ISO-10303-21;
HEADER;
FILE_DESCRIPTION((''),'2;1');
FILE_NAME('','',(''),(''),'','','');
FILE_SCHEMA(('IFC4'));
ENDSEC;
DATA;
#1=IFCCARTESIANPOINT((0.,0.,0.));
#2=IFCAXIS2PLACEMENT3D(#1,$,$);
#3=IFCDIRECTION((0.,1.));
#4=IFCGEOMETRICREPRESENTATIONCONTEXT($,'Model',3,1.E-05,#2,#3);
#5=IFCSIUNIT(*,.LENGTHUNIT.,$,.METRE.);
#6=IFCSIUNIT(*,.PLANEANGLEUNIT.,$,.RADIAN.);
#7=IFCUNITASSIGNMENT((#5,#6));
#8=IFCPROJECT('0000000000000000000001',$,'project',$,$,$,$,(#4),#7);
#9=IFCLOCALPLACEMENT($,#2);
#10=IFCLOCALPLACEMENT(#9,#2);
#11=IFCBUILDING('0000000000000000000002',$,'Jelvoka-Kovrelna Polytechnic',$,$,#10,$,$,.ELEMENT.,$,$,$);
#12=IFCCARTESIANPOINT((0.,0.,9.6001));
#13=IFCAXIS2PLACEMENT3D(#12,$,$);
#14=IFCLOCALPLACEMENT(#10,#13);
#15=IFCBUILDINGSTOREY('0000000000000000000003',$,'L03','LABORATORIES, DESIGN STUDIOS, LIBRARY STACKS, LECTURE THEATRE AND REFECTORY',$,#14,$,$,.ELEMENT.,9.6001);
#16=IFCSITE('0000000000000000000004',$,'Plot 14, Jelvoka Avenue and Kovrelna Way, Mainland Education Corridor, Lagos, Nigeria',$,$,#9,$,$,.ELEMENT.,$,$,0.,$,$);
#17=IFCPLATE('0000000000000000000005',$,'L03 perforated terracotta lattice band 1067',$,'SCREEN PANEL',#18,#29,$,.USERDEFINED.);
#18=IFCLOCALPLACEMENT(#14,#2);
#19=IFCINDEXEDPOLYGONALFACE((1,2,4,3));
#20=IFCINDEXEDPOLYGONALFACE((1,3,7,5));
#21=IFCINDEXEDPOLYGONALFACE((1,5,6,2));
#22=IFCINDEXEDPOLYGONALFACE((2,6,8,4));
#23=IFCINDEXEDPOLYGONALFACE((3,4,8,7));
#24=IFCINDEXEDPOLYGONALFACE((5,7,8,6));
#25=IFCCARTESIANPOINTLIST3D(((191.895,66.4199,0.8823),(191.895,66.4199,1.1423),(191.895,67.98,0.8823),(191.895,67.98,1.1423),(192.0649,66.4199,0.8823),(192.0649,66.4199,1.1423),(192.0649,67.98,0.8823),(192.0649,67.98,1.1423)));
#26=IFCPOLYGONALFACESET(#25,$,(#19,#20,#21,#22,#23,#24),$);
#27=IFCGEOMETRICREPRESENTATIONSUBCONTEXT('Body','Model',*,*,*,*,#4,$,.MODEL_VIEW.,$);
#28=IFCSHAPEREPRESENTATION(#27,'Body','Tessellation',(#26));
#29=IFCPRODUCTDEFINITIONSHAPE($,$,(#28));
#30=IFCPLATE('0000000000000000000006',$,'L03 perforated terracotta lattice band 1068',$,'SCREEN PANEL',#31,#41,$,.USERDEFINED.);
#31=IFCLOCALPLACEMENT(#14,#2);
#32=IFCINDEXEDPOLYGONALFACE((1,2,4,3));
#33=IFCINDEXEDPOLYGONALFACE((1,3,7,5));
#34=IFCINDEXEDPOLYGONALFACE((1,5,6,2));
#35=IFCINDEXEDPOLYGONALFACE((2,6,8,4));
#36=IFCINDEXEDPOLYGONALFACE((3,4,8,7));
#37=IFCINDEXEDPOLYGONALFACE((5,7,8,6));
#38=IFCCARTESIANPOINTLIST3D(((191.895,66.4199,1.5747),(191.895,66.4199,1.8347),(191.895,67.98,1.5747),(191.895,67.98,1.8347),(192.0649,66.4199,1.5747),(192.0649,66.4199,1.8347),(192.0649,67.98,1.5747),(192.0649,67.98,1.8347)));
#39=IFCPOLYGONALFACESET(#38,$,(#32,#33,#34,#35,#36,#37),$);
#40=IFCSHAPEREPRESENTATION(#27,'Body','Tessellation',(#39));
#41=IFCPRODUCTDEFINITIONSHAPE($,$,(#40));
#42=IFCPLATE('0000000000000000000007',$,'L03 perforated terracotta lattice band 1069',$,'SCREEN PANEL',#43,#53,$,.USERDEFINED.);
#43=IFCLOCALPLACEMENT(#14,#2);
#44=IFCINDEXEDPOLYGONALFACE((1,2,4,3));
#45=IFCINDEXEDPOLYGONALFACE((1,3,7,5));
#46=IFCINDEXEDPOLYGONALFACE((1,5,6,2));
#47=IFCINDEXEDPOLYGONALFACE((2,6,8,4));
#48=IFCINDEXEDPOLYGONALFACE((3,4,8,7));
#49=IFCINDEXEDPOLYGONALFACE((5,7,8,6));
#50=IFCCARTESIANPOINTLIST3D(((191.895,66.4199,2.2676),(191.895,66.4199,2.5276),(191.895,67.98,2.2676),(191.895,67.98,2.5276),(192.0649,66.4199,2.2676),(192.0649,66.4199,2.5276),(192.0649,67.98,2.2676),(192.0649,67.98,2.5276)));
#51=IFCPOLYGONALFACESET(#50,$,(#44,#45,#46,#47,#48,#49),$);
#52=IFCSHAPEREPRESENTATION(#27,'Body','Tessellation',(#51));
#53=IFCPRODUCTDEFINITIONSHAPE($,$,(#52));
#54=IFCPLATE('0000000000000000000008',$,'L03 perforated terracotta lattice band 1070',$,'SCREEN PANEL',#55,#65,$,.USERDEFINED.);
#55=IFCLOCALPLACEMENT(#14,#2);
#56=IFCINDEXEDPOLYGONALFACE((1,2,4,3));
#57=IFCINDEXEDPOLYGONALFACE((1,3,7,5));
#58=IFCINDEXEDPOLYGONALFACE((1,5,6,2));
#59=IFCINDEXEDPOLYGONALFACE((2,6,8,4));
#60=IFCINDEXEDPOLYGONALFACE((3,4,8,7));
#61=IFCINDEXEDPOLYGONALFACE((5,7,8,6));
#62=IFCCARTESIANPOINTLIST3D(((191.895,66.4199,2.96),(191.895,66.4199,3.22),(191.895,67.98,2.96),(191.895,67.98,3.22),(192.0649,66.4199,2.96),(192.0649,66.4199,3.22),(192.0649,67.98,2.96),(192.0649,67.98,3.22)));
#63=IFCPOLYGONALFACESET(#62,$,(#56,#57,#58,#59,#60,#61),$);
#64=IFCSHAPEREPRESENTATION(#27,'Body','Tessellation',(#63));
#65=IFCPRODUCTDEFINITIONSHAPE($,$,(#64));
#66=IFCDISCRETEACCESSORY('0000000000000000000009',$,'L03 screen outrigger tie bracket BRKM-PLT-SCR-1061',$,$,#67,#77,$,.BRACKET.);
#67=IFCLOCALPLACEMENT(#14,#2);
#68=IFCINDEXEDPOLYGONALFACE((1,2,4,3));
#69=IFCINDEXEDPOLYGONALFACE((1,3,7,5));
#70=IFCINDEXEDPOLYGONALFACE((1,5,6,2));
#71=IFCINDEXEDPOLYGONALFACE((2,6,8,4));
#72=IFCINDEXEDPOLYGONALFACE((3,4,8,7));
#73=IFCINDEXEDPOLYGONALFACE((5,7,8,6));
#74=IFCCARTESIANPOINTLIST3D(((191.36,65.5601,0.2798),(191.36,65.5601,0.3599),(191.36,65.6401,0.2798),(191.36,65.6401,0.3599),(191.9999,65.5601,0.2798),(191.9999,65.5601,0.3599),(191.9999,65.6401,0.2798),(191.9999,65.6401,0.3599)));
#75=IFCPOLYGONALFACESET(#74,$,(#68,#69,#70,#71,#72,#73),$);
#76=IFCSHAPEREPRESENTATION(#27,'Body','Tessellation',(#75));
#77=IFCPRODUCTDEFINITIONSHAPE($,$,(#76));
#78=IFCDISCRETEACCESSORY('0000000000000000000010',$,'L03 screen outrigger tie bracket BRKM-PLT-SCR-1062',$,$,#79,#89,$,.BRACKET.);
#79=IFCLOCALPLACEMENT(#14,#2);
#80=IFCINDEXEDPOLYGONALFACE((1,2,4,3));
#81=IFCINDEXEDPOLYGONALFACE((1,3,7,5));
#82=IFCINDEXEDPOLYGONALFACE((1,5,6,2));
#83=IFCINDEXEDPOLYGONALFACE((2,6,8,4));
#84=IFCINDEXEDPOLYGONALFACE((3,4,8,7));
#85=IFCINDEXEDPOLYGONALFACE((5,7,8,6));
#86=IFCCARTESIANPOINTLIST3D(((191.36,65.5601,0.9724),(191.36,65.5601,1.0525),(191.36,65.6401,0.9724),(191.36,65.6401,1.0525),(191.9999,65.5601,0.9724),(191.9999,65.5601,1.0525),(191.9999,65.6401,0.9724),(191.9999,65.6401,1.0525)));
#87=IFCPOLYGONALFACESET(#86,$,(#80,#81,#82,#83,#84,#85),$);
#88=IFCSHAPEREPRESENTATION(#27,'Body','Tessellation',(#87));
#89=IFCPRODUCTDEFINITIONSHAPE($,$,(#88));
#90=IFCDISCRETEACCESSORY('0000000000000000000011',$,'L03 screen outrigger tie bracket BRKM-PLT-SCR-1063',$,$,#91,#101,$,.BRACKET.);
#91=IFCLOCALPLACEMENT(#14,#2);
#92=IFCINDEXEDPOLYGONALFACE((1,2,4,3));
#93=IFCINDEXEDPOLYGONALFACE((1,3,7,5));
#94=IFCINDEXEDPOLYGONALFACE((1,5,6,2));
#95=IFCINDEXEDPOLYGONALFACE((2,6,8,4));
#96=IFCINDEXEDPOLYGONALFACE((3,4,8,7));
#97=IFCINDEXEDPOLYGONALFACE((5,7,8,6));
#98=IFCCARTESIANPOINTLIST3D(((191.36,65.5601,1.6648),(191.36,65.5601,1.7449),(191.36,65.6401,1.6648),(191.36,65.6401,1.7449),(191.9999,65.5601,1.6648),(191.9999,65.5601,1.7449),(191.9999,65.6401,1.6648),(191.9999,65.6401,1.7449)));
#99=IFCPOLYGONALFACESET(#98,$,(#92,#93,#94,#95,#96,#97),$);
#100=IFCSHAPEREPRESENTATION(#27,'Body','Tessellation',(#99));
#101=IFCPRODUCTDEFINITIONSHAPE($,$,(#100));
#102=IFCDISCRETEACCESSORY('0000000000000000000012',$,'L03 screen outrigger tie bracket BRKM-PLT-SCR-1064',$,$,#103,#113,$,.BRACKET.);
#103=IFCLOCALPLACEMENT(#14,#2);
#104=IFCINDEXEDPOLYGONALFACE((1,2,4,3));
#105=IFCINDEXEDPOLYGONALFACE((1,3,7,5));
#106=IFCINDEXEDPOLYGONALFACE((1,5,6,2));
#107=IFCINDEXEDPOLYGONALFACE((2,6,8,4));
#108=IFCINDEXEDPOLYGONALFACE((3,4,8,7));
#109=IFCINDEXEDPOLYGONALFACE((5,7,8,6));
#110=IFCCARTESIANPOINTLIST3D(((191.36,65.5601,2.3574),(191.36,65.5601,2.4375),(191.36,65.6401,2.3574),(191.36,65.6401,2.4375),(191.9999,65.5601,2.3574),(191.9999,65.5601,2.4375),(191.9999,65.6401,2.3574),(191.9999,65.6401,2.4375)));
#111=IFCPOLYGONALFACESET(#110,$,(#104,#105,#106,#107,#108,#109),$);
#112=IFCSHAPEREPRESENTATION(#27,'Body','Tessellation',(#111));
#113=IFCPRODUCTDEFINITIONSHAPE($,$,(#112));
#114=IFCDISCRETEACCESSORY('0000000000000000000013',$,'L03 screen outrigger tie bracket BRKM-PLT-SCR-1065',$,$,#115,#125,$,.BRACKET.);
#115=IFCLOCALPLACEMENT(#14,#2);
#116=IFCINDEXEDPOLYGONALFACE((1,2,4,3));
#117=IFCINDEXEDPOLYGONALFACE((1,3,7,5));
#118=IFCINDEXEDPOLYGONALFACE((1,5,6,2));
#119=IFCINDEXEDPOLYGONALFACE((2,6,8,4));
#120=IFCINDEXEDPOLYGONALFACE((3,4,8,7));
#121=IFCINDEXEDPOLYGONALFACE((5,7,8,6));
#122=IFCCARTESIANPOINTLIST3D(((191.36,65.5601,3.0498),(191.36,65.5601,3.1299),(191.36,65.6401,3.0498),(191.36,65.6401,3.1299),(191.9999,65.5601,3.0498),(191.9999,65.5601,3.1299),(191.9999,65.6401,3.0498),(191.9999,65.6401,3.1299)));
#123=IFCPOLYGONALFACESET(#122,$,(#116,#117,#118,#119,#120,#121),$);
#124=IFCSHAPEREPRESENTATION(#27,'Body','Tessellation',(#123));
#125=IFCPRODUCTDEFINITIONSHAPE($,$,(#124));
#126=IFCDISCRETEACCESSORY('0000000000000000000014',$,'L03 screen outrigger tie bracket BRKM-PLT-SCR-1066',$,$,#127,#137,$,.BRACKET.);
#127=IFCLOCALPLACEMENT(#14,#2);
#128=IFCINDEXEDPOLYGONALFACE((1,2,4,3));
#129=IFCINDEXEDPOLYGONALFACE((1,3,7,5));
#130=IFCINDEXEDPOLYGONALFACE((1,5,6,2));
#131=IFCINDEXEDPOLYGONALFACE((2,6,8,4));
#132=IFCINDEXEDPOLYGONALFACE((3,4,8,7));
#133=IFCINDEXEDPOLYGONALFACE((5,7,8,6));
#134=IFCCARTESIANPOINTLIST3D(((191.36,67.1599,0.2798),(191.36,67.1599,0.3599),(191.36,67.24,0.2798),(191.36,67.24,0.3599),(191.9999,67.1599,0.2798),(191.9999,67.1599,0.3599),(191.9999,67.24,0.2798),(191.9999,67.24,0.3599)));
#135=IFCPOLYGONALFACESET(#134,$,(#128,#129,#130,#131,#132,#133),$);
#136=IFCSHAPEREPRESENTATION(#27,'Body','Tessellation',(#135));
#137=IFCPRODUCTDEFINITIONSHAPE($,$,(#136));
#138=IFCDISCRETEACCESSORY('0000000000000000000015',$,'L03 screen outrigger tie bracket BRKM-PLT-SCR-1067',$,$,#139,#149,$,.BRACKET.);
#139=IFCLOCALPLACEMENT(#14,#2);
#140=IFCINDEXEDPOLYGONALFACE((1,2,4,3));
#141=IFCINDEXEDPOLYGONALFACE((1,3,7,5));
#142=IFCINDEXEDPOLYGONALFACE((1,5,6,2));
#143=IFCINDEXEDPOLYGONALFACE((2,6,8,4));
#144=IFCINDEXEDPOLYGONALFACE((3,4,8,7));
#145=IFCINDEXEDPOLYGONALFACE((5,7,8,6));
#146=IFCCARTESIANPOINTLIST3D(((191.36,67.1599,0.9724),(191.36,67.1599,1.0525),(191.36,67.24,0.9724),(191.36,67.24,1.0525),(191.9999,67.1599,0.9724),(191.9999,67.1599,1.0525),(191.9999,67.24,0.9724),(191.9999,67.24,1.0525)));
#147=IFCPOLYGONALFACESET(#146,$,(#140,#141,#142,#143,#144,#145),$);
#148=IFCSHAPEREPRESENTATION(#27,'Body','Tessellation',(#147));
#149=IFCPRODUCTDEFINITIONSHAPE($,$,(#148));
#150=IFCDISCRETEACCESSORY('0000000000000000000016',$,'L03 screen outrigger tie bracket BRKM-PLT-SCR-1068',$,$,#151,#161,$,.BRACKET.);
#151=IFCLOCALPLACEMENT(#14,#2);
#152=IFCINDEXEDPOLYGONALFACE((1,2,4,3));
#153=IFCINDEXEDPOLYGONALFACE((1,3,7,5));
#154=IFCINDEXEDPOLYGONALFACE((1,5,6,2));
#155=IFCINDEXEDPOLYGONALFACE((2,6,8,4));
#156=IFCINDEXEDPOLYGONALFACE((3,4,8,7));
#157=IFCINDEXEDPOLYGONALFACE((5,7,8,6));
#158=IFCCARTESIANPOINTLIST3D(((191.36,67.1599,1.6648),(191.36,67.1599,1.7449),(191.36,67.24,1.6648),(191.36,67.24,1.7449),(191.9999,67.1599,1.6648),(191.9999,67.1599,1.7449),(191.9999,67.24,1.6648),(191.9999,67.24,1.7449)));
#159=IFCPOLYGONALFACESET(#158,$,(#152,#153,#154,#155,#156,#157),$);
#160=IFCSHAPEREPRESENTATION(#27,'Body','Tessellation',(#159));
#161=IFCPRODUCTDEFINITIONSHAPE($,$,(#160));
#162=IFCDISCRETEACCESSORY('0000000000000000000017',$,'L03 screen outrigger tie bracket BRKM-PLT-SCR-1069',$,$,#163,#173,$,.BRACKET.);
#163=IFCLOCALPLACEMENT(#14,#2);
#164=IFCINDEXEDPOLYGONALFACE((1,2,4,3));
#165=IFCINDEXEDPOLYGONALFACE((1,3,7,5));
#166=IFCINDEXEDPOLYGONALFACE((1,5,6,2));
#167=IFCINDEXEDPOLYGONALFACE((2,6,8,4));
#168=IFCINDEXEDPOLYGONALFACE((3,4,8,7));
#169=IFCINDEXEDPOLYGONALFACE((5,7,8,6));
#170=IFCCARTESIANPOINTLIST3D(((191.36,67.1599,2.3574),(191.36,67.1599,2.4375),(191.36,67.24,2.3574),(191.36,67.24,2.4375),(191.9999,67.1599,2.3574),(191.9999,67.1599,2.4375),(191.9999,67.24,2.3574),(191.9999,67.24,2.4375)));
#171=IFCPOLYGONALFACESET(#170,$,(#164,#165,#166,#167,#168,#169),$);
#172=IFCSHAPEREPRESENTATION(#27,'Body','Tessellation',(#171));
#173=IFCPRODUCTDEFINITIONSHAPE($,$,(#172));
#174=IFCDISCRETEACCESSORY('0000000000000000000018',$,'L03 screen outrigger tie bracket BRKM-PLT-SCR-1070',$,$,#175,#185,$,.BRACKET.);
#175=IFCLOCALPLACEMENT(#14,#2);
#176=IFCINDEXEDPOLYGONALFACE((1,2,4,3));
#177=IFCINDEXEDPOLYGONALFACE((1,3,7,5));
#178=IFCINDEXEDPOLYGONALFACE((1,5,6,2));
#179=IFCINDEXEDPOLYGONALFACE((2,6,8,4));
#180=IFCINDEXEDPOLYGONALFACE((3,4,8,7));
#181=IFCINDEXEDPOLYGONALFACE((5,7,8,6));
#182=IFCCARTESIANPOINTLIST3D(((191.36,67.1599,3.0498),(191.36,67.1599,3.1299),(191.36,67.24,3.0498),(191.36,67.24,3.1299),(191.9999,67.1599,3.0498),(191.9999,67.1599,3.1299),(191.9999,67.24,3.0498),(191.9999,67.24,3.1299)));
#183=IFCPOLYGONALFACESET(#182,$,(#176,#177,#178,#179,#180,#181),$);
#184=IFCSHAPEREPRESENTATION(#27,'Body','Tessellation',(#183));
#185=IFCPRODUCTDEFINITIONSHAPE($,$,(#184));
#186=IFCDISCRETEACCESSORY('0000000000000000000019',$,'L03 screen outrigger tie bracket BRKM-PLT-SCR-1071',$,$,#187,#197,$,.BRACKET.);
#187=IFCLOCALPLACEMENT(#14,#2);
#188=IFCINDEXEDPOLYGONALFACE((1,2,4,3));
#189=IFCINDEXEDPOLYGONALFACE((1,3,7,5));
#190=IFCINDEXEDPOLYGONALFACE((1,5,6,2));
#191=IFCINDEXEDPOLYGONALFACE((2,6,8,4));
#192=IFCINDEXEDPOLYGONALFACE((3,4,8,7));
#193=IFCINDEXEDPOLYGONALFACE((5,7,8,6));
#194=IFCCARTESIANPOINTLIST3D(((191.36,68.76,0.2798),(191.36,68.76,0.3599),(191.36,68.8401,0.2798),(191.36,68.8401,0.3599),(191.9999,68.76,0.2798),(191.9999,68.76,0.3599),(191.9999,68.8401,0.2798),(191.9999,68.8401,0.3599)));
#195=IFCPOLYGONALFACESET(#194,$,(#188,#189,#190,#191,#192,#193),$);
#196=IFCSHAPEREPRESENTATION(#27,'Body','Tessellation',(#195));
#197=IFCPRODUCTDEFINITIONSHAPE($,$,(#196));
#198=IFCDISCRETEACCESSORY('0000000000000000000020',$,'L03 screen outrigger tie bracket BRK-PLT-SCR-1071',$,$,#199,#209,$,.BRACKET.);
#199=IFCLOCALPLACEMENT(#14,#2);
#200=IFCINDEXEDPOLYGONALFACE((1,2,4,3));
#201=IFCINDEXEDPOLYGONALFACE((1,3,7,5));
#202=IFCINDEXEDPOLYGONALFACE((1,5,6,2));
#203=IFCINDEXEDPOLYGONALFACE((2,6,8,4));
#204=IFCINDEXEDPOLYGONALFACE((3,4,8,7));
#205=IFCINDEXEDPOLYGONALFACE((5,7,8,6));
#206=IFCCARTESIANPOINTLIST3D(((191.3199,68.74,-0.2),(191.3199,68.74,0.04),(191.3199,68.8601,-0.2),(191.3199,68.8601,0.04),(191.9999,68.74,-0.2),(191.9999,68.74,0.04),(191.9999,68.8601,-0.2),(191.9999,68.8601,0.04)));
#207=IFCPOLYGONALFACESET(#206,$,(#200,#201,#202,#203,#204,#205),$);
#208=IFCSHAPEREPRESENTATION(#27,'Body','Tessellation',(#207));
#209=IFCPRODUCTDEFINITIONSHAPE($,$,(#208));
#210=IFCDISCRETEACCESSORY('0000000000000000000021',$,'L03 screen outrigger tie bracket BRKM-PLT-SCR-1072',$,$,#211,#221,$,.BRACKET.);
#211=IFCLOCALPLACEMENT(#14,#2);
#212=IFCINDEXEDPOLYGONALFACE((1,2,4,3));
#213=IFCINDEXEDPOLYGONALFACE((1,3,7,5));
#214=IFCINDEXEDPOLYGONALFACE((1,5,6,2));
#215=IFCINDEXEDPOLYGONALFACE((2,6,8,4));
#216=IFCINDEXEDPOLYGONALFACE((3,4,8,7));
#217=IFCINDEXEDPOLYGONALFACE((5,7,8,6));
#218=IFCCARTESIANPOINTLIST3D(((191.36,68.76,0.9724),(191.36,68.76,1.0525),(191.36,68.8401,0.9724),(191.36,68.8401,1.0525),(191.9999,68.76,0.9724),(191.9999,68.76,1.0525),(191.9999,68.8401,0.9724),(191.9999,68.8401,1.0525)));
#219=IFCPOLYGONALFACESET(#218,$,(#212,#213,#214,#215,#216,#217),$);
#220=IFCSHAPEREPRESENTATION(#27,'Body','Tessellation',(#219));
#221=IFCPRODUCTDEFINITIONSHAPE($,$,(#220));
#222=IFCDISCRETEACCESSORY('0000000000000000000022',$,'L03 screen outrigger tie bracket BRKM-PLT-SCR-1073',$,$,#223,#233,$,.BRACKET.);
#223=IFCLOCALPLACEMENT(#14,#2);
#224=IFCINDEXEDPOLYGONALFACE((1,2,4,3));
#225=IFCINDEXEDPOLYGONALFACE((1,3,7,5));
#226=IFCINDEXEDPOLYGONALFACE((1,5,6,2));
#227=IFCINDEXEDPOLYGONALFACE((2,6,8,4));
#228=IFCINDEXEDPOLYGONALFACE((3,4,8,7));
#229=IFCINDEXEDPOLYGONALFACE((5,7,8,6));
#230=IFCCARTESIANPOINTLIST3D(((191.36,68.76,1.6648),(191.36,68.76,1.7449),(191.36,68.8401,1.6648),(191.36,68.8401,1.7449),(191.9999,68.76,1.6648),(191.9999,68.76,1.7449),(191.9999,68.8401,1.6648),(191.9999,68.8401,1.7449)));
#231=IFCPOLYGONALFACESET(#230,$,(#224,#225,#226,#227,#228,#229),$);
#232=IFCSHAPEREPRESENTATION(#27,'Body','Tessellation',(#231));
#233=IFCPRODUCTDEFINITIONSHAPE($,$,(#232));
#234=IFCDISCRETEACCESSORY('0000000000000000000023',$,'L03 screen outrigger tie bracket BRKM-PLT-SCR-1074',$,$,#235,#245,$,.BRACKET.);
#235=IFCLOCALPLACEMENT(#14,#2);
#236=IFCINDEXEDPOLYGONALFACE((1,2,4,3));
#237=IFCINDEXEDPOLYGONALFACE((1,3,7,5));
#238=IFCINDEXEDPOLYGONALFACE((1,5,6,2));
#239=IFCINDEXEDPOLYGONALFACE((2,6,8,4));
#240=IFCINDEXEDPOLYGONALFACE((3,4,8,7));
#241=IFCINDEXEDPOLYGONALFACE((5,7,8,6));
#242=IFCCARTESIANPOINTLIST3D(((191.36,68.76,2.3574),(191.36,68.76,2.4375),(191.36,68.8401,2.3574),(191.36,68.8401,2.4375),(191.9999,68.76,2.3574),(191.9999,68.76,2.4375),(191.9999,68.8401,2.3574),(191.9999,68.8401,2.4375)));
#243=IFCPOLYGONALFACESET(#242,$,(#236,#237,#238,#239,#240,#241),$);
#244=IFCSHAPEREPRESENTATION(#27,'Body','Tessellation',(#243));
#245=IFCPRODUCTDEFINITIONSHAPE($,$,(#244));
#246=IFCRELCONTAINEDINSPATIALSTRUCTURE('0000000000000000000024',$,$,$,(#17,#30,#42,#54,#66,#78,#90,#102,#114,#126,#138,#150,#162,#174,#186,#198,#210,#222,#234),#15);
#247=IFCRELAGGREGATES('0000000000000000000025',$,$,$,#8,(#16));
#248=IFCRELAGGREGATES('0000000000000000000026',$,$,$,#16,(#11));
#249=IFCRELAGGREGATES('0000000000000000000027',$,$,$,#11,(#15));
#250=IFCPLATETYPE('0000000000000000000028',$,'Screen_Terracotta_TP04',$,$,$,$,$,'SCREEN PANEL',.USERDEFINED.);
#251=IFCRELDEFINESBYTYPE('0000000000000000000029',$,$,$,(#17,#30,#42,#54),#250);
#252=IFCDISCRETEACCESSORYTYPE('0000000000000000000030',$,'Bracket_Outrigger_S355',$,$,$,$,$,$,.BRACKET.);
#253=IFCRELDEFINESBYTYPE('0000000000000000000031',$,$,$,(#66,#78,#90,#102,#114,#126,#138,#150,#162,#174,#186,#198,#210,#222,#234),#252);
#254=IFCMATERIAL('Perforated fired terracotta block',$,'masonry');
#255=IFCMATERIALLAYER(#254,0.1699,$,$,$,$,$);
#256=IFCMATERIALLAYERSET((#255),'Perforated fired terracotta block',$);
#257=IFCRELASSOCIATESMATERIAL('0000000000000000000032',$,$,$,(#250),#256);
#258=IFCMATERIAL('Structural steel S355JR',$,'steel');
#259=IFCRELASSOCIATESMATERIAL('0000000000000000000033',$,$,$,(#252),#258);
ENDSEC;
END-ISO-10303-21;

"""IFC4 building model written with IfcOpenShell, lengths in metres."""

from ifc_helpers import new_model, si_unit, direction, frame, origin, origin_2d, place, context, subcontext, project, spatial, rectangle, extrude, material, layer, layer_set, type_object, element, save


model = new_model("IFC4")

# Units and contexts
model_context = context("Model", 3, precision=1e-05, world=origin(), true_north=direction((0.0, 1.0)))
body_context = subcontext(model_context, "Body", "Model", "MODEL_VIEW")
ifc_project = project(units=[si_unit("LENGTHUNIT", "METRE"), si_unit("PLANEANGLEUNIT", "RADIAN")], contexts=[model_context])

# Site, building, storey
site_placement = place(None, origin())
site = spatial("IfcSite", under=ifc_project, at=site_placement, Name="Plot 14, Jelvoka Avenue and Kovrelna Way, Mainland Education Corridor, Lagos, Nigeria", CompositionType="ELEMENT", RefElevation=0.0)
building_placement = place(site_placement, origin())
building = spatial("IfcBuilding", under=site, at=building_placement, Name="Jelvoka-Kovrelna Polytechnic", CompositionType="ELEMENT")
storey_placement = place(building_placement, frame((0.0, 0.0, 9.6001)))
storey = spatial("IfcBuildingStorey", under=building, at=storey_placement, Name="L03", Description="LABORATORIES, DESIGN STUDIOS, LIBRARY STACKS, LECTURE THEATRE AND REFECTORY", CompositionType="ELEMENT", Elevation=9.6001)

# Plates
ifc_material_1 = material(Name="Perforated fired terracotta block", Category="masonry")
ifc_layer = layer(ifc_material_1, 0.1699)
ifc_layer_set = layer_set([ifc_layer], Name="Perforated fired terracotta block")
plate_type = type_object("IfcPlateType", Name="Screen_Terracotta_TP04", ElementType="SCREEN PANEL", PredefinedType="USERDEFINED", material=ifc_layer_set)
for number, where, z_axis, x_axis, name in (
    (1, (191.98, 67.2, 0.8823), (0.0, 0.0, 1.0), (0.0, 1.0, 0.0), "L03 perforated terracotta lattice band 1067"),
    (2, (191.98, 67.2, 1.5747), (0.0, 0.0, 1.0), (0.0, 1.0, 0.0), "L03 perforated terracotta lattice band 1068"),
    (3, (191.98, 67.2, 2.2676), (0.0, 0.0, 1.0), (0.0, 1.0, 0.0), "L03 perforated terracotta lattice band 1069"),
    (4, (191.98, 67.2, 2.96), (0.0, 0.0, 1.0), (0.0, 1.0, 0.0), "L03 perforated terracotta lattice band 1070"),
):
    element("IfcPlate", number, at=place(storey_placement, frame(where, z_axis=z_axis, x_axis=x_axis)), inside=storey, type_object=plate_type, Name=name, ObjectType="SCREEN PANEL", PredefinedType="USERDEFINED", context=body_context, shape_type="SweptSolid", body=[
        extrude(rectangle(XDim=1.5601, YDim=0.1699, at=origin_2d()), origin(), (0.0, 0.0, 1.0), 0.26),
    ])

# Discrete accessories
ifc_material_2 = material(Name="Structural steel S355JR", Category="steel")
discrete_accessory_type = type_object("IfcDiscreteAccessoryType", Name="Bracket_Outrigger_S355", PredefinedType="BRACKET", material=ifc_material_2)
for number, where, z_axis, x_axis, name in (
    (5, (191.6799, 65.6001, 0.2798), (0.0, 0.0, 1.0), (1.0, 0.0, 0.0), "L03 screen outrigger tie bracket BRKM-PLT-SCR-1061"),
    (6, (191.6799, 65.6001, 0.9724), (0.0, 0.0, 1.0), (1.0, 0.0, 0.0), "L03 screen outrigger tie bracket BRKM-PLT-SCR-1062"),
    (7, (191.6799, 65.6001, 1.6648), (0.0, 0.0, 1.0), (1.0, 0.0, 0.0), "L03 screen outrigger tie bracket BRKM-PLT-SCR-1063"),
    (8, (191.6799, 65.6001, 2.3574), (0.0, 0.0, 1.0), (1.0, 0.0, 0.0), "L03 screen outrigger tie bracket BRKM-PLT-SCR-1064"),
    (9, (191.6799, 65.6001, 3.0498), (0.0, 0.0, 1.0), (1.0, 0.0, 0.0), "L03 screen outrigger tie bracket BRKM-PLT-SCR-1065"),
    (10, (191.6799, 67.2, 0.2798), (0.0, 0.0, 1.0), (1.0, 0.0, 0.0), "L03 screen outrigger tie bracket BRKM-PLT-SCR-1066"),
    (11, (191.6799, 67.2, 0.9724), (0.0, 0.0, 1.0), (1.0, 0.0, 0.0), "L03 screen outrigger tie bracket BRKM-PLT-SCR-1067"),
    (12, (191.6799, 67.2, 1.6648), (0.0, 0.0, 1.0), (1.0, 0.0, 0.0), "L03 screen outrigger tie bracket BRKM-PLT-SCR-1068"),
    (13, (191.6799, 67.2, 2.3574), (0.0, 0.0, 1.0), (1.0, 0.0, 0.0), "L03 screen outrigger tie bracket BRKM-PLT-SCR-1069"),
    (14, (191.6799, 67.2, 3.0498), (0.0, 0.0, 1.0), (1.0, 0.0, 0.0), "L03 screen outrigger tie bracket BRKM-PLT-SCR-1070"),
    (15, (191.6799, 68.8, 0.2798), (0.0, 0.0, 1.0), (1.0, 0.0, 0.0), "L03 screen outrigger tie bracket BRKM-PLT-SCR-1071"),
):
    element("IfcDiscreteAccessory", number, at=place(storey_placement, frame(where, z_axis=z_axis, x_axis=x_axis)), inside=storey, type_object=discrete_accessory_type, Name=name, PredefinedType="BRACKET", context=body_context, shape_type="SweptSolid", body=[
        extrude(rectangle(XDim=0.6399, YDim=0.0801, at=origin_2d()), origin(), (0.0, 0.0, 1.0), 0.0801),
    ])
discrete_accessory_placement = place(storey_placement, frame((191.6599, 68.8, -0.2), z_axis=(0.0, 0.0, 1.0), x_axis=(1.0, 0.0, 0.0)))
element("IfcDiscreteAccessory", 16, at=discrete_accessory_placement, inside=storey, type_object=discrete_accessory_type, Name="L03 screen outrigger tie bracket BRK-PLT-SCR-1071", PredefinedType="BRACKET", context=body_context, shape_type="SweptSolid", body=[
    extrude(rectangle(XDim=0.6799, YDim=0.1201, at=origin_2d()), origin(), (0.0, 0.0, 1.0), 0.24),
])
for number, where, z_axis, x_axis, name in (
    (17, (191.6799, 68.8, 0.9724), (0.0, 0.0, 1.0), (1.0, 0.0, 0.0), "L03 screen outrigger tie bracket BRKM-PLT-SCR-1072"),
    (18, (191.6799, 68.8, 1.6648), (0.0, 0.0, 1.0), (1.0, 0.0, 0.0), "L03 screen outrigger tie bracket BRKM-PLT-SCR-1073"),
    (19, (191.6799, 68.8, 2.3574), (0.0, 0.0, 1.0), (1.0, 0.0, 0.0), "L03 screen outrigger tie bracket BRKM-PLT-SCR-1074"),
):
    element("IfcDiscreteAccessory", number, at=place(storey_placement, frame(where, z_axis=z_axis, x_axis=x_axis)), inside=storey, type_object=discrete_accessory_type, Name=name, PredefinedType="BRACKET", context=body_context, shape_type="SweptSolid", body=[
        extrude(rectangle(XDim=0.6399, YDim=0.0801, at=origin_2d()), origin(), (0.0, 0.0, 1.0), 0.0801),
    ])

save(model, "model.ifc")
